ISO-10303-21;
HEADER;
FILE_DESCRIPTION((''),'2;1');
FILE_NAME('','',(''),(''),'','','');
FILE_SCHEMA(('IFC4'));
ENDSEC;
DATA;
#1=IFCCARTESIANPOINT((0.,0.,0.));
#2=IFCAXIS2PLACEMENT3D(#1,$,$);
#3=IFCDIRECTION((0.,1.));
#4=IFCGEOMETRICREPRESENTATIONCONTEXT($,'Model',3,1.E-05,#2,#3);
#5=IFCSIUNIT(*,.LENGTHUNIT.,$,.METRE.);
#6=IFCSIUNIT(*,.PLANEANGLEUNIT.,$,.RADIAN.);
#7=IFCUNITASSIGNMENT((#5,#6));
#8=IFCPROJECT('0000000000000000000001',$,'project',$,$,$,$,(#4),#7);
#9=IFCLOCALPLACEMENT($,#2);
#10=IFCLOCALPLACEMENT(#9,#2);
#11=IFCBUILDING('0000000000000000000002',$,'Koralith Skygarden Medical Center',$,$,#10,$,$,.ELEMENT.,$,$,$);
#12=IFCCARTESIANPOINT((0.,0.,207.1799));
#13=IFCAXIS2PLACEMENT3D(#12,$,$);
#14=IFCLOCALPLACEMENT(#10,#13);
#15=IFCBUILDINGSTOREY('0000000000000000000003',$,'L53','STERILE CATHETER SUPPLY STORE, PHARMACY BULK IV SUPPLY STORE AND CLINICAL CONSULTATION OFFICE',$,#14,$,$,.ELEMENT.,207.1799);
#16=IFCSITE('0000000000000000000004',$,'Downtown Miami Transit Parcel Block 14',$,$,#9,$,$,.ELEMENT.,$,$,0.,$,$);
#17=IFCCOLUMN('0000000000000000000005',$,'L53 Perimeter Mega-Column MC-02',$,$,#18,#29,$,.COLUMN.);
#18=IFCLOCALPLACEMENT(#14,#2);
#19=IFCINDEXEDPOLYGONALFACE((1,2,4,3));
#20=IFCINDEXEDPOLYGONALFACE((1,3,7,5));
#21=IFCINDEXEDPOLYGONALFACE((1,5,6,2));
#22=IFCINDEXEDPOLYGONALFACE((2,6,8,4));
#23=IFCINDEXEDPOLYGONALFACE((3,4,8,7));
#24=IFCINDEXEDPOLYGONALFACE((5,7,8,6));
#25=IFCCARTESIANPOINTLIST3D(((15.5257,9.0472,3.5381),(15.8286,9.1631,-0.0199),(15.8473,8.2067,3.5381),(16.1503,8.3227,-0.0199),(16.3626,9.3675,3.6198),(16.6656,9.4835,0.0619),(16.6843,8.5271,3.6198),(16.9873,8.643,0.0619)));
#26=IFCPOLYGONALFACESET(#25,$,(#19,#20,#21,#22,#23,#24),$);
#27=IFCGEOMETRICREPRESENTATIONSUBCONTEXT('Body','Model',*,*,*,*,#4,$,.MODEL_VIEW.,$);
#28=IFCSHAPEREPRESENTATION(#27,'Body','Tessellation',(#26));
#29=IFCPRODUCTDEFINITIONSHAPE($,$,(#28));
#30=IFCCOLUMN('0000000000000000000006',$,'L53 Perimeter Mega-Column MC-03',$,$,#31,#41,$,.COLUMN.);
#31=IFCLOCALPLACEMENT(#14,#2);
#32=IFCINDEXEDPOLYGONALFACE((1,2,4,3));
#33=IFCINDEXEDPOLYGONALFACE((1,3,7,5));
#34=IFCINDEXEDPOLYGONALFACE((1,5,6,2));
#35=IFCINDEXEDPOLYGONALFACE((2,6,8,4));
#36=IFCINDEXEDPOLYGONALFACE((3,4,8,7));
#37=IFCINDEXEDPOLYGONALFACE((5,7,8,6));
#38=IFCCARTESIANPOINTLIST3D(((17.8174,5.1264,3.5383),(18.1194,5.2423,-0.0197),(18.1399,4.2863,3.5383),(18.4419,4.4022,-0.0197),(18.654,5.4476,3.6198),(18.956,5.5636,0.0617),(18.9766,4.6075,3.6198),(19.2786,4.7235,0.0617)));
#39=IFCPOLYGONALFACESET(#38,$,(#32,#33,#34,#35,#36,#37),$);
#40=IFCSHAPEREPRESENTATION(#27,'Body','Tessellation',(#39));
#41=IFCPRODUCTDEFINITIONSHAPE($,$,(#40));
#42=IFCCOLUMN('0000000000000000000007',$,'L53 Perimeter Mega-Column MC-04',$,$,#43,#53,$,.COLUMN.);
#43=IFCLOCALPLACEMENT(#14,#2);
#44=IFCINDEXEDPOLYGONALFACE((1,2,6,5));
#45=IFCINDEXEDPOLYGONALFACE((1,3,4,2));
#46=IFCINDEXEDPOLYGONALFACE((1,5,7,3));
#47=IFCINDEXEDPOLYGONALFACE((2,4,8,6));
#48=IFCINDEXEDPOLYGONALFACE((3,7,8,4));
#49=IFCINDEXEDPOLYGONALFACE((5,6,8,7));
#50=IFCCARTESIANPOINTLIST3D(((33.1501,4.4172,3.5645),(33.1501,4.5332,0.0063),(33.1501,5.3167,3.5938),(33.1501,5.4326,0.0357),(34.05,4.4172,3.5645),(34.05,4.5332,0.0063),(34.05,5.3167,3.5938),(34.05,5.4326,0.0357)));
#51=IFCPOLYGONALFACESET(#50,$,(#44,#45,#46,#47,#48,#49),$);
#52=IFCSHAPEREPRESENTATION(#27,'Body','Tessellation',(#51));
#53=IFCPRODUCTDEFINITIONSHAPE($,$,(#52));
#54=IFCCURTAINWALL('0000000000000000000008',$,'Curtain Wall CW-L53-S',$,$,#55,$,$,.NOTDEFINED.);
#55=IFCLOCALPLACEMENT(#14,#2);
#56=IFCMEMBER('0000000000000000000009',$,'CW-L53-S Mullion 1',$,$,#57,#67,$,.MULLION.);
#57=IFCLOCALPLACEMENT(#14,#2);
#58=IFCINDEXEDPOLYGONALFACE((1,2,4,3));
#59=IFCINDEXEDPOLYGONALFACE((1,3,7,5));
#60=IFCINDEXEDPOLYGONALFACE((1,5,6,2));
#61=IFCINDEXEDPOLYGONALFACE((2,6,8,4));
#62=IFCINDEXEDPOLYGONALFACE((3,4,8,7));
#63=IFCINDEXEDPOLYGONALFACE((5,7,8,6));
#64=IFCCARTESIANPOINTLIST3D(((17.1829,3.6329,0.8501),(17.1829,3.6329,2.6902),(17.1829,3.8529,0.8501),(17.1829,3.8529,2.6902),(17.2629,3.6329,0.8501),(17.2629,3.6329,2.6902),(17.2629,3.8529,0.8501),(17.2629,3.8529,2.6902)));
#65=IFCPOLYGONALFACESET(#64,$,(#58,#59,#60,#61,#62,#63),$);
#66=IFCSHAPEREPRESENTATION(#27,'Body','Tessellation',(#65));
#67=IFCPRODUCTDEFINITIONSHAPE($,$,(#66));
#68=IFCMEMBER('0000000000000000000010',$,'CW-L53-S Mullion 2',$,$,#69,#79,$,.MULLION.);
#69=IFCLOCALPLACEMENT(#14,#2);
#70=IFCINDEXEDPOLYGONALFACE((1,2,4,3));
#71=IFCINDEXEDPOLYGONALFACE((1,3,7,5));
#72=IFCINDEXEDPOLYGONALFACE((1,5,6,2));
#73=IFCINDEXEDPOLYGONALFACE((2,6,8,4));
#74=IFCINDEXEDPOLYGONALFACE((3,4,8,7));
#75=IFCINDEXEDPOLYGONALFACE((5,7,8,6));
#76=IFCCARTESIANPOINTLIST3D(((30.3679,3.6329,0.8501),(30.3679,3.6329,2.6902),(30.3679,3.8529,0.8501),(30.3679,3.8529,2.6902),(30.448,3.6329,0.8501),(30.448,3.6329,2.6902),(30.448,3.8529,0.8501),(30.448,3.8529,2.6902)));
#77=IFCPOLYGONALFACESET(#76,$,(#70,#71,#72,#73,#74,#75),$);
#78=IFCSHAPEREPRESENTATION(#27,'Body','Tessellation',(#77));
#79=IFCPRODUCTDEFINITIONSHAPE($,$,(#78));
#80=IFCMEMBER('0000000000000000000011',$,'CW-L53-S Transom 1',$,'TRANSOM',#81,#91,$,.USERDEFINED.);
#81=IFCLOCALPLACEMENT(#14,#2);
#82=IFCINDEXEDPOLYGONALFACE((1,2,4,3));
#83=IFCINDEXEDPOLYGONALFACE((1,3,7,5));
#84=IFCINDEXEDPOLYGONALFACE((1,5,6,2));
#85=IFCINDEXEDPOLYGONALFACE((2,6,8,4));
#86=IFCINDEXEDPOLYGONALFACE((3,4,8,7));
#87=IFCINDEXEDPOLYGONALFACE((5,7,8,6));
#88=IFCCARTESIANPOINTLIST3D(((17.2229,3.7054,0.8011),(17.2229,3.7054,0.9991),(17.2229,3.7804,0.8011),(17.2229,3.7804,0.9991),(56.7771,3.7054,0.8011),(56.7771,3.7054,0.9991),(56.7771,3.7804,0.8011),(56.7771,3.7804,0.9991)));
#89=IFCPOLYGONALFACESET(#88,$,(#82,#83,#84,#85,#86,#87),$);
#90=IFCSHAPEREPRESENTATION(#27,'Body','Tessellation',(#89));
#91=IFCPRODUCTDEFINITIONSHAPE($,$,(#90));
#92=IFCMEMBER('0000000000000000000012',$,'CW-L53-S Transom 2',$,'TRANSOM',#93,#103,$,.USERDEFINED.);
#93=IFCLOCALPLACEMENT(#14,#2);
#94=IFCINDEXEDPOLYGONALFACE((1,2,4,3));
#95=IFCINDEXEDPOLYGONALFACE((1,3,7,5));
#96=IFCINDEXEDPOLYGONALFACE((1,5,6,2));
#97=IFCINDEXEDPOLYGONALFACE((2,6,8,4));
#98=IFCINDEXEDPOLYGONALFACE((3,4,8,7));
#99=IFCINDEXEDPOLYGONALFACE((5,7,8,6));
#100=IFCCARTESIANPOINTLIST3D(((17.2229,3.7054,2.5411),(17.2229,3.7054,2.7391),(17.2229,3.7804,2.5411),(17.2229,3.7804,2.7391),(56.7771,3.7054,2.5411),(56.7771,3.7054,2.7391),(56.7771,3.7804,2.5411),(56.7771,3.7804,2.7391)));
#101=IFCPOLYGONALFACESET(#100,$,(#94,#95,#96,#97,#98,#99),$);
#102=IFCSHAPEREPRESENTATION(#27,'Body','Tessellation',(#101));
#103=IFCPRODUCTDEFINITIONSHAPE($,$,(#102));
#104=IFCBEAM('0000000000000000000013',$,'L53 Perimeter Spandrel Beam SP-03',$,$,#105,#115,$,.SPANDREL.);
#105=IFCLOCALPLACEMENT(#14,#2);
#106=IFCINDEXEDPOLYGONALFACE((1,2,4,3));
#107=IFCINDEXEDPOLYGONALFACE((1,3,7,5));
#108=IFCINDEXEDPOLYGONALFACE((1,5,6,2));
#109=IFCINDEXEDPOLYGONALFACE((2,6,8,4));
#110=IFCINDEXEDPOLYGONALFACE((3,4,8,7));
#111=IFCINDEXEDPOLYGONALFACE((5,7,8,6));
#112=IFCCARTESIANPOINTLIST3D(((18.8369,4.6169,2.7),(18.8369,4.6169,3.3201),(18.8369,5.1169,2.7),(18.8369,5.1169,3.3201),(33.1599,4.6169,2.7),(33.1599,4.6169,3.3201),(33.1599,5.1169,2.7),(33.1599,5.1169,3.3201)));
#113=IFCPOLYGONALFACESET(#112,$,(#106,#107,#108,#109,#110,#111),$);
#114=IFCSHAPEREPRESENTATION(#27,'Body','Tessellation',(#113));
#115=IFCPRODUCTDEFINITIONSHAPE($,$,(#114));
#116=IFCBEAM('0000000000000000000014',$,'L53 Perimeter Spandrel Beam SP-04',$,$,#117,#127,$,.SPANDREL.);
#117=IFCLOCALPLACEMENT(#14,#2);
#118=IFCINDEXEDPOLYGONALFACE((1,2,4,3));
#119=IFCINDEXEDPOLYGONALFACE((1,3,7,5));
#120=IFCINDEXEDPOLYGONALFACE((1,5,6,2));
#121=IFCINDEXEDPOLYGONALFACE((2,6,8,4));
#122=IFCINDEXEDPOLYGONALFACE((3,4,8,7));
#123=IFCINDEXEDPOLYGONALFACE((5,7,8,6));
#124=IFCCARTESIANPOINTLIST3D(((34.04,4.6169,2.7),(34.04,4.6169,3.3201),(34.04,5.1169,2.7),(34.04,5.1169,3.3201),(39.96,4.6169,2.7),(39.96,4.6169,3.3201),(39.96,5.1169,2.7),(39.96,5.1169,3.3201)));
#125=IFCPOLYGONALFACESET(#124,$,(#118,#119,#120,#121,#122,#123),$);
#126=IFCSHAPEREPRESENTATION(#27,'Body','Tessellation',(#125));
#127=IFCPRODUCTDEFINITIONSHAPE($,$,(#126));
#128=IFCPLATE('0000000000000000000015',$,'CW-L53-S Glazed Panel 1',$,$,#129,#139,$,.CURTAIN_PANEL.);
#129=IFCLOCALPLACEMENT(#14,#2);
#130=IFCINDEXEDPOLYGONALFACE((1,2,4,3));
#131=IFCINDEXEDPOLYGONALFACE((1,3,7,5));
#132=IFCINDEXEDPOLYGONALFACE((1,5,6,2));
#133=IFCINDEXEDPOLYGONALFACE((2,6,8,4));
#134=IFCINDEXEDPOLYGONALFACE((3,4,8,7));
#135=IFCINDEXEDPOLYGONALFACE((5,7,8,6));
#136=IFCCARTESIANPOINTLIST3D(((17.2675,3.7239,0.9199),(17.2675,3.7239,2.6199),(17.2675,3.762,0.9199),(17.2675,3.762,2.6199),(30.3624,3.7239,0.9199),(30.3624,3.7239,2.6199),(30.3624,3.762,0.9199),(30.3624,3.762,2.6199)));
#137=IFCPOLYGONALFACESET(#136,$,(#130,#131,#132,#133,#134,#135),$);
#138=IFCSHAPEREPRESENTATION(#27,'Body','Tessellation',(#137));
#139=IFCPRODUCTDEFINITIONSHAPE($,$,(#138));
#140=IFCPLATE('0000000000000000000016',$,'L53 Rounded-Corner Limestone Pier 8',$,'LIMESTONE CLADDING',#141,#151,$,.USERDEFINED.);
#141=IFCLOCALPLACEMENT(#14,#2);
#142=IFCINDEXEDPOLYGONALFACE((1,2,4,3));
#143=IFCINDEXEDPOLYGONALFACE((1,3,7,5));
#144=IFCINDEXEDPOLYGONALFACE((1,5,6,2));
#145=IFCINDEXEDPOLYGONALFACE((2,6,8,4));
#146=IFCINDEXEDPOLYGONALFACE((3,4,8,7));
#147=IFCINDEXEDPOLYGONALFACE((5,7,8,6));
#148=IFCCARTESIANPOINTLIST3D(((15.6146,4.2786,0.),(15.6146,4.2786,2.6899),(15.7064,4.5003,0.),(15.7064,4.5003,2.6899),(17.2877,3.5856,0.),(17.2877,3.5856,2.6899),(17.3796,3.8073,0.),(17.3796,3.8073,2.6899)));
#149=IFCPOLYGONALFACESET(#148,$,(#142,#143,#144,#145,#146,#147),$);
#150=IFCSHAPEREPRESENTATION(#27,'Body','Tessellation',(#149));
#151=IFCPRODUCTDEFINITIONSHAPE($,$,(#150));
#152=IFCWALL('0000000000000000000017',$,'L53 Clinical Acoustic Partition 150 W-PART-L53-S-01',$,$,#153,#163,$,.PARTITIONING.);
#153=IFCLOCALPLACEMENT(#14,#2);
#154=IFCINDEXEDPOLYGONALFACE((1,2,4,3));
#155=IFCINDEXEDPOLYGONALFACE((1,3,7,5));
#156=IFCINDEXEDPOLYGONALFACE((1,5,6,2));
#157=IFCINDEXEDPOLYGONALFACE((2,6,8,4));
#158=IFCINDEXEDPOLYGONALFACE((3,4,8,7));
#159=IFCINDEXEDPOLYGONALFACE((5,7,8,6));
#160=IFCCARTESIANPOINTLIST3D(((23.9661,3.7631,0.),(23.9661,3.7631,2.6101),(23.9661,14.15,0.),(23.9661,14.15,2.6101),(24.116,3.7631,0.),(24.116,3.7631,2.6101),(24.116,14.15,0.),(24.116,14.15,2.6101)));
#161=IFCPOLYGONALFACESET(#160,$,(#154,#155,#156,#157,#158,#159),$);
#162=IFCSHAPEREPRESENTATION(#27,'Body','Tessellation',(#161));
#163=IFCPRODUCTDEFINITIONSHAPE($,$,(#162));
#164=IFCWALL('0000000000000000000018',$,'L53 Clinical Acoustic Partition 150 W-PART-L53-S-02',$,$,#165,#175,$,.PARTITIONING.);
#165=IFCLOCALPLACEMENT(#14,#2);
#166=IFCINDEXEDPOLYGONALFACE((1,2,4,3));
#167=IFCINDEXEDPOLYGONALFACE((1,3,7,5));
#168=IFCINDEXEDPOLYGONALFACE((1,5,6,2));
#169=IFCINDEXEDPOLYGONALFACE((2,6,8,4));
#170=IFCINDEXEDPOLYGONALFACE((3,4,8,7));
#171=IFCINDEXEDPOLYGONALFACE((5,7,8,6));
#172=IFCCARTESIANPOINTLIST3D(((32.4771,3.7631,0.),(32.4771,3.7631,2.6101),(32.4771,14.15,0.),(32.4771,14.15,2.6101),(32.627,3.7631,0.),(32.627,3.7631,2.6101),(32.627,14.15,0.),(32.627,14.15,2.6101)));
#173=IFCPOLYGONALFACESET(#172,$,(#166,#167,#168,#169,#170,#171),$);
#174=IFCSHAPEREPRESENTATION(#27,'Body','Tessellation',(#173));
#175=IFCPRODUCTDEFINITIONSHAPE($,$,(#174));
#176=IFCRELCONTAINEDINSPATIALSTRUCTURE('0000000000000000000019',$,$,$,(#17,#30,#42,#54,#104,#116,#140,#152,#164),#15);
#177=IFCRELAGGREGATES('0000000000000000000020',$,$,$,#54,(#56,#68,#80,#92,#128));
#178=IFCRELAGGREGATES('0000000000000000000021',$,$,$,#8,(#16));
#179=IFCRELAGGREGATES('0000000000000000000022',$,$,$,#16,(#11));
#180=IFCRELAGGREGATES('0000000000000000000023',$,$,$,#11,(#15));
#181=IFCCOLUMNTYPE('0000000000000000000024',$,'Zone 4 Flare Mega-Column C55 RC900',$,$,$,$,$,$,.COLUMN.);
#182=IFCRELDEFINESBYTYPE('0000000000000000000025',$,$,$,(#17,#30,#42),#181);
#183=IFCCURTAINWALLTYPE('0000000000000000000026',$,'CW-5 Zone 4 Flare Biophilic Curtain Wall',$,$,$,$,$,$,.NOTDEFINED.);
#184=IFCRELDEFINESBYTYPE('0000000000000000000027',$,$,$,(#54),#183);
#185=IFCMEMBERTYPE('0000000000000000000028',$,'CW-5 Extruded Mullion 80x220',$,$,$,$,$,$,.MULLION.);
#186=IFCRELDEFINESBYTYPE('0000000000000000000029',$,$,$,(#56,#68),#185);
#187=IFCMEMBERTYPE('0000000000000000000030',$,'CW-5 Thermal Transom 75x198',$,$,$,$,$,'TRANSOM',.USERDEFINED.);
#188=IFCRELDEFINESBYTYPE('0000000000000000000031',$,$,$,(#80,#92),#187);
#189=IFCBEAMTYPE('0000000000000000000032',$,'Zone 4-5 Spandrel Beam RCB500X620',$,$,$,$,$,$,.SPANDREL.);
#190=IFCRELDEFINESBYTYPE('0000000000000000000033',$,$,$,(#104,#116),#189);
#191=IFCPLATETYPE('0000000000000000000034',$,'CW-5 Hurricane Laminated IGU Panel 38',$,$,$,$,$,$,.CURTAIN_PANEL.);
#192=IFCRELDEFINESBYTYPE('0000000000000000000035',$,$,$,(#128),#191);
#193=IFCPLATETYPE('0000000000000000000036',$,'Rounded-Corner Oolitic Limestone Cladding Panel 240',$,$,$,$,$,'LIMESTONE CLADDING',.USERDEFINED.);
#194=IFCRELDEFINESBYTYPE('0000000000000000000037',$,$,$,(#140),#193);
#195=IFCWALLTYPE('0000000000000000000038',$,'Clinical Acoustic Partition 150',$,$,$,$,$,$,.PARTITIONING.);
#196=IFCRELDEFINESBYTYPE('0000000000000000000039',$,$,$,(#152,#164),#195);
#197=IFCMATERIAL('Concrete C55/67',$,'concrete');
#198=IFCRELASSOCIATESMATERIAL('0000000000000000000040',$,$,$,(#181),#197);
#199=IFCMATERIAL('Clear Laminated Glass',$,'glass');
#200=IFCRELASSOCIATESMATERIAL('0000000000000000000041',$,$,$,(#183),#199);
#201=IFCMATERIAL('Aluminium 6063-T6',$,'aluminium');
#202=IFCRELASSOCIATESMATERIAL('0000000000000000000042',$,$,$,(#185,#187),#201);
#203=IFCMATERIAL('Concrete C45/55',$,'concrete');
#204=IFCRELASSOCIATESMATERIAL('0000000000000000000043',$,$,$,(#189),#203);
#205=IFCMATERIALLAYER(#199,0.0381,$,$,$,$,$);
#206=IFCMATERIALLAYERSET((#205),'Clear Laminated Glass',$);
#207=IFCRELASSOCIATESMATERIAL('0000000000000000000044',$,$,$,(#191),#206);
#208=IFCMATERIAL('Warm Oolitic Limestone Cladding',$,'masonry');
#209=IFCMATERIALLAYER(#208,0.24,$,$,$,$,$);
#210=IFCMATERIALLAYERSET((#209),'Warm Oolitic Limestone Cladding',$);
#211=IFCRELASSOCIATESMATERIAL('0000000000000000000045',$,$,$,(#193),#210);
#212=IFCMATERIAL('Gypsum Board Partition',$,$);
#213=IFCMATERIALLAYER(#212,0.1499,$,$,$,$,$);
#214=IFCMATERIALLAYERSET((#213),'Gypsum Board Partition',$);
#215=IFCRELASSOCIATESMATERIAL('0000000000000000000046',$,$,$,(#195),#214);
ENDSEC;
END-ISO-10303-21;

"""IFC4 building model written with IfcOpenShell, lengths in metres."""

from ifc_helpers import new_model, si_unit, direction, frame, frame_2d, origin, origin_2d, place, context, subcontext, project, spatial, rectangle, extrude, material, layer, layer_set, material_profile, profile_set, type_object, element, aggregate, save


model = new_model("IFC4")

# Units and contexts
model_context = context("Model", 3, precision=1e-05, world=origin(), true_north=direction((0.0, 1.0)))
body_context = subcontext(model_context, "Body", "Model", "MODEL_VIEW")
ifc_project = project(units=[si_unit("LENGTHUNIT", "METRE"), si_unit("PLANEANGLEUNIT", "RADIAN")], contexts=[model_context])

# Site, building, storey
site_placement = place(None, origin())
site = spatial("IfcSite", under=ifc_project, at=site_placement, Name="Downtown Miami Transit Parcel Block 14", CompositionType="ELEMENT", RefElevation=0.0)
building_placement = place(site_placement, origin())
building = spatial("IfcBuilding", under=site, at=building_placement, Name="Koralith Skygarden Medical Center", CompositionType="ELEMENT")
storey_placement = place(building_placement, frame((0.0, 0.0, 207.1799)))
storey = spatial("IfcBuildingStorey", under=building, at=storey_placement, Name="L53", Description="STERILE CATHETER SUPPLY STORE, PHARMACY BULK IV SUPPLY STORE AND CLINICAL CONSULTATION OFFICE", CompositionType="ELEMENT", Elevation=207.1799)

# Columns
ifc_material_1 = material(Name="Concrete C55/67", Category="concrete")
ifc_material_profile_1 = material_profile(ifc_material_1, rectangle(XDim=0.8999, YDim=0.8999, at=origin_2d()), Name="RC900X900")
ifc_profile_set_1 = profile_set([ifc_material_profile_1], Name="Concrete C55/67")
column_type = type_object("IfcColumnType", Name="Zone 4 Flare Mega-Column C55 RC900", PredefinedType="COLUMN", material=ifc_profile_set_1)
for number, where, z_axis, x_axis, name in (
    (1, (16.408, 8.9031, 0.021), (-0.0848, -0.032458, 0.995869), (0.357466, -0.933926, 0.0), "L53 Perimeter Mega-Column MC-02"),
    (2, (18.699, 4.9829, 0.021), (-0.084529, -0.032458, 0.995892), (0.358473, -0.93354, 0.0), "L53 Perimeter Mega-Column MC-03"),
):
    element("IfcColumn", number, at=place(storey_placement, frame(where, z_axis=z_axis, x_axis=x_axis)), inside=storey, type_object=column_type, Name=name, PredefinedType="COLUMN", context=body_context, shape_type="SweptSolid", body=[
        extrude(rectangle(XDim=0.8999, YDim=0.8999, at=origin_2d()), origin(), (0.0, 0.0, 1.0), 3.5728),
    ])
column_placement = place(storey_placement, frame((33.6001, 4.9829, 0.021), z_axis=(0.0, -0.032575, 0.999469), x_axis=(1.0, 0.0, 0.0)))
element("IfcColumn", 3, at=column_placement, inside=storey, type_object=column_type, Name="L53 Perimeter Mega-Column MC-04", PredefinedType="COLUMN", context=body_context, shape_type="SweptSolid", body=[
    extrude(rectangle(XDim=0.8999, YDim=0.8999, at=origin_2d()), origin(), (0.0, 0.0, 1.0), 3.5601),
])

# Curtain wall, members
ifc_material_2 = material(Name="Clear Laminated Glass", Category="glass")
curtain_wall_type = type_object("IfcCurtainWallType", Name="CW-5 Zone 4 Flare Biophilic Curtain Wall", PredefinedType="NOTDEFINED", material=ifc_material_2)
curtain_wall_placement = place(storey_placement, origin())
curtain_wall = element("IfcCurtainWall", 4, at=curtain_wall_placement, inside=storey, type_object=curtain_wall_type, Name="Curtain Wall CW-L53-S", PredefinedType="NOTDEFINED")
ifc_material_3 = material(Name="Aluminium 6063-T6", Category="aluminium")
ifc_material_profile_2 = material_profile(ifc_material_3, rectangle(XDim=0.0801, YDim=0.22, at=origin_2d()), Name="MUL80X220")
ifc_profile_set_2 = profile_set([ifc_material_profile_2], Name="Aluminium 6063-T6")
member_type_1 = type_object("IfcMemberType", Name="CW-5 Extruded Mullion 80x220", PredefinedType="MULLION", material=ifc_profile_set_2)
member_1_placement = place(storey_placement, frame((17.2229, 3.7429, 0.8501), z_axis=(0.0, 0.0, 1.0), x_axis=(1.0, 0.0, 0.0)))
member_1 = element("IfcMember", 5, at=member_1_placement, type_object=member_type_1, Name="CW-L53-S Mullion 1", PredefinedType="MULLION", context=body_context, shape_type="SweptSolid", body=[
    extrude(rectangle(XDim=0.0801, YDim=0.22, at=origin_2d()), origin(), (0.0, 0.0, 1.0), 1.8401),
])
member_2_placement = place(storey_placement, frame((30.408, 3.7429, 0.8501), z_axis=(0.0, 0.0, 1.0), x_axis=(1.0, 0.0, 0.0)))
member_2 = element("IfcMember", 6, at=member_2_placement, type_object=member_type_1, Name="CW-L53-S Mullion 2", PredefinedType="MULLION", context=body_context, shape_type="SweptSolid", body=[
    extrude(rectangle(XDim=0.0801, YDim=0.22, at=origin_2d()), origin(), (0.0, 0.0, 1.0), 1.8401),
])
ifc_material_profile_3 = material_profile(ifc_material_3, rectangle(XDim=0.075, YDim=0.198, at=origin_2d()), Name="TRN75X198")
ifc_profile_set_3 = profile_set([ifc_material_profile_3], Name="Aluminium 6063-T6")
member_type_2 = type_object("IfcMemberType", Name="CW-5 Thermal Transom 75x198", ElementType="TRANSOM", PredefinedType="USERDEFINED", material=ifc_profile_set_3)
member_3_placement = place(storey_placement, frame((17.2229, 3.7429, 0.9001), z_axis=(1.0, 0.0, 0.0), x_axis=(0.0, 1.0, 0.0)))
member_3 = element("IfcMember", 7, at=member_3_placement, type_object=member_type_2, Name="CW-L53-S Transom 1", ObjectType="TRANSOM", PredefinedType="USERDEFINED", context=body_context, shape_type="SweptSolid", body=[
    extrude(rectangle(XDim=0.075, YDim=0.198, at=origin_2d()), origin(), (0.0, 0.0, 1.0), 39.5542),
])
member_4_placement = place(storey_placement, frame((17.2229, 3.7429, 2.6401), z_axis=(1.0, 0.0, 0.0), x_axis=(0.0, 1.0, 0.0)))
member_4 = element("IfcMember", 8, at=member_4_placement, type_object=member_type_2, Name="CW-L53-S Transom 2", ObjectType="TRANSOM", PredefinedType="USERDEFINED", context=body_context, shape_type="SweptSolid", body=[
    extrude(rectangle(XDim=0.075, YDim=0.198, at=origin_2d()), origin(), (0.0, 0.0, 1.0), 39.5542),
])

# Beams
ifc_material_4 = material(Name="Concrete C45/55", Category="concrete")
ifc_material_profile_4 = material_profile(ifc_material_4, rectangle(XDim=0.5, YDim=0.6201, at=origin_2d()), Name="RCB500X620")
ifc_profile_set_4 = profile_set([ifc_material_profile_4], Name="Concrete C45/55")
beam_type = type_object("IfcBeamType", Name="Zone 4-5 Spandrel Beam RCB500X620", PredefinedType="SPANDREL", material=ifc_profile_set_4)
beam_1_placement = place(storey_placement, frame((18.8369, 4.8669, 3.01), z_axis=(1.0, 0.0, 0.0), x_axis=(0.0, 1.0, 0.0)))
element("IfcBeam", 9, at=beam_1_placement, inside=storey, type_object=beam_type, Name="L53 Perimeter Spandrel Beam SP-03", PredefinedType="SPANDREL", context=body_context, shape_type="SweptSolid", body=[
    extrude(rectangle(XDim=0.5, YDim=0.6201, at=origin_2d()), origin(), (0.0, 0.0, 1.0), 14.323),
])
beam_2_placement = place(storey_placement, frame((34.04, 4.8669, 3.01), z_axis=(1.0, 0.0, 0.0), x_axis=(0.0, 1.0, 0.0)))
element("IfcBeam", 10, at=beam_2_placement, inside=storey, type_object=beam_type, Name="L53 Perimeter Spandrel Beam SP-04", PredefinedType="SPANDREL", context=body_context, shape_type="SweptSolid", body=[
    extrude(rectangle(XDim=0.5, YDim=0.6201, at=origin_2d()), origin(), (0.0, 0.0, 1.0), 5.9199),
])

# Plates
ifc_layer_1 = layer(ifc_material_2, 0.0381)
ifc_layer_set_1 = layer_set([ifc_layer_1], Name="Clear Laminated Glass")
plate_type_1 = type_object("IfcPlateType", Name="CW-5 Hurricane Laminated IGU Panel 38", PredefinedType="CURTAIN_PANEL", material=ifc_layer_set_1)
plate_1_placement = place(storey_placement, frame((23.8149, 3.7429, 0.9199), z_axis=(0.0, 0.0, 1.0), x_axis=(1.0, 0.0, 0.0)))
plate_1 = element("IfcPlate", 11, at=plate_1_placement, type_object=plate_type_1, Name="CW-L53-S Glazed Panel 1", PredefinedType="CURTAIN_PANEL", context=body_context, shape_type="SweptSolid", body=[
    extrude(rectangle(XDim=13.095, YDim=0.0381, at=origin_2d()), origin(), (0.0, 0.0, 1.0), 1.7),
])
aggregate(curtain_wall, [member_1, member_2, member_3, member_4, plate_1])
ifc_material_5 = material(Name="Warm Oolitic Limestone Cladding", Category="masonry")
ifc_layer_2 = layer(ifc_material_5, 0.24)
ifc_layer_set_2 = layer_set([ifc_layer_2], Name="Warm Oolitic Limestone Cladding")
plate_type_2 = type_object("IfcPlateType", Name="Rounded-Corner Oolitic Limestone Cladding Panel 240", ElementType="LIMESTONE CLADDING", PredefinedType="USERDEFINED", material=ifc_layer_set_2)
plate_2_placement = place(storey_placement, frame((16.4971, 4.043, 0.0), z_axis=(0.0, 0.0, 1.0), x_axis=(0.923885, -0.382671, 0.0)))
element("IfcPlate", 12, at=plate_2_placement, inside=storey, type_object=plate_type_2, Name="L53 Rounded-Corner Limestone Pier 8", ObjectType="LIMESTONE CLADDING", PredefinedType="USERDEFINED", context=body_context, shape_type="SweptSolid", body=[
    extrude(rectangle(XDim=1.811, YDim=0.24, at=origin_2d()), origin(), (0.0, 0.0, 1.0), 2.6899),
])

# Walls
ifc_material_6 = material(Name="Gypsum Board Partition")
ifc_layer_3 = layer(ifc_material_6, 0.1499)
ifc_layer_set_3 = layer_set([ifc_layer_3], Name="Gypsum Board Partition")
wall_type_1 = type_object("IfcWallType", Name="Clinical Acoustic Partition 150", PredefinedType="PARTITIONING", material=ifc_layer_set_3)
for number, where, z_axis, x_axis, name in (
    (13, (24.041, 14.1499, 0.0), (0.0, 0.0, 1.0), (0.0, -1.0, 0.0), "L53 Clinical Acoustic Partition 150 W-PART-L53-S-01"),
    (14, (32.552, 14.1499, 0.0), (0.0, 0.0, 1.0), (0.0, -1.0, 0.0), "L53 Clinical Acoustic Partition 150 W-PART-L53-S-02"),
):
    element("IfcWall", number, at=place(storey_placement, frame(where, z_axis=z_axis, x_axis=x_axis)), inside=storey, type_object=wall_type_1, Name=name, PredefinedType="PARTITIONING", context=body_context, shape_type="SweptSolid", body=[
        extrude(rectangle(XDim=10.387, YDim=0.1499, at=frame_2d((5.1934, 0.0))), origin(), (0.0, 0.0, 1.0), 2.6101),
    ])

save(model, "model.ifc")
